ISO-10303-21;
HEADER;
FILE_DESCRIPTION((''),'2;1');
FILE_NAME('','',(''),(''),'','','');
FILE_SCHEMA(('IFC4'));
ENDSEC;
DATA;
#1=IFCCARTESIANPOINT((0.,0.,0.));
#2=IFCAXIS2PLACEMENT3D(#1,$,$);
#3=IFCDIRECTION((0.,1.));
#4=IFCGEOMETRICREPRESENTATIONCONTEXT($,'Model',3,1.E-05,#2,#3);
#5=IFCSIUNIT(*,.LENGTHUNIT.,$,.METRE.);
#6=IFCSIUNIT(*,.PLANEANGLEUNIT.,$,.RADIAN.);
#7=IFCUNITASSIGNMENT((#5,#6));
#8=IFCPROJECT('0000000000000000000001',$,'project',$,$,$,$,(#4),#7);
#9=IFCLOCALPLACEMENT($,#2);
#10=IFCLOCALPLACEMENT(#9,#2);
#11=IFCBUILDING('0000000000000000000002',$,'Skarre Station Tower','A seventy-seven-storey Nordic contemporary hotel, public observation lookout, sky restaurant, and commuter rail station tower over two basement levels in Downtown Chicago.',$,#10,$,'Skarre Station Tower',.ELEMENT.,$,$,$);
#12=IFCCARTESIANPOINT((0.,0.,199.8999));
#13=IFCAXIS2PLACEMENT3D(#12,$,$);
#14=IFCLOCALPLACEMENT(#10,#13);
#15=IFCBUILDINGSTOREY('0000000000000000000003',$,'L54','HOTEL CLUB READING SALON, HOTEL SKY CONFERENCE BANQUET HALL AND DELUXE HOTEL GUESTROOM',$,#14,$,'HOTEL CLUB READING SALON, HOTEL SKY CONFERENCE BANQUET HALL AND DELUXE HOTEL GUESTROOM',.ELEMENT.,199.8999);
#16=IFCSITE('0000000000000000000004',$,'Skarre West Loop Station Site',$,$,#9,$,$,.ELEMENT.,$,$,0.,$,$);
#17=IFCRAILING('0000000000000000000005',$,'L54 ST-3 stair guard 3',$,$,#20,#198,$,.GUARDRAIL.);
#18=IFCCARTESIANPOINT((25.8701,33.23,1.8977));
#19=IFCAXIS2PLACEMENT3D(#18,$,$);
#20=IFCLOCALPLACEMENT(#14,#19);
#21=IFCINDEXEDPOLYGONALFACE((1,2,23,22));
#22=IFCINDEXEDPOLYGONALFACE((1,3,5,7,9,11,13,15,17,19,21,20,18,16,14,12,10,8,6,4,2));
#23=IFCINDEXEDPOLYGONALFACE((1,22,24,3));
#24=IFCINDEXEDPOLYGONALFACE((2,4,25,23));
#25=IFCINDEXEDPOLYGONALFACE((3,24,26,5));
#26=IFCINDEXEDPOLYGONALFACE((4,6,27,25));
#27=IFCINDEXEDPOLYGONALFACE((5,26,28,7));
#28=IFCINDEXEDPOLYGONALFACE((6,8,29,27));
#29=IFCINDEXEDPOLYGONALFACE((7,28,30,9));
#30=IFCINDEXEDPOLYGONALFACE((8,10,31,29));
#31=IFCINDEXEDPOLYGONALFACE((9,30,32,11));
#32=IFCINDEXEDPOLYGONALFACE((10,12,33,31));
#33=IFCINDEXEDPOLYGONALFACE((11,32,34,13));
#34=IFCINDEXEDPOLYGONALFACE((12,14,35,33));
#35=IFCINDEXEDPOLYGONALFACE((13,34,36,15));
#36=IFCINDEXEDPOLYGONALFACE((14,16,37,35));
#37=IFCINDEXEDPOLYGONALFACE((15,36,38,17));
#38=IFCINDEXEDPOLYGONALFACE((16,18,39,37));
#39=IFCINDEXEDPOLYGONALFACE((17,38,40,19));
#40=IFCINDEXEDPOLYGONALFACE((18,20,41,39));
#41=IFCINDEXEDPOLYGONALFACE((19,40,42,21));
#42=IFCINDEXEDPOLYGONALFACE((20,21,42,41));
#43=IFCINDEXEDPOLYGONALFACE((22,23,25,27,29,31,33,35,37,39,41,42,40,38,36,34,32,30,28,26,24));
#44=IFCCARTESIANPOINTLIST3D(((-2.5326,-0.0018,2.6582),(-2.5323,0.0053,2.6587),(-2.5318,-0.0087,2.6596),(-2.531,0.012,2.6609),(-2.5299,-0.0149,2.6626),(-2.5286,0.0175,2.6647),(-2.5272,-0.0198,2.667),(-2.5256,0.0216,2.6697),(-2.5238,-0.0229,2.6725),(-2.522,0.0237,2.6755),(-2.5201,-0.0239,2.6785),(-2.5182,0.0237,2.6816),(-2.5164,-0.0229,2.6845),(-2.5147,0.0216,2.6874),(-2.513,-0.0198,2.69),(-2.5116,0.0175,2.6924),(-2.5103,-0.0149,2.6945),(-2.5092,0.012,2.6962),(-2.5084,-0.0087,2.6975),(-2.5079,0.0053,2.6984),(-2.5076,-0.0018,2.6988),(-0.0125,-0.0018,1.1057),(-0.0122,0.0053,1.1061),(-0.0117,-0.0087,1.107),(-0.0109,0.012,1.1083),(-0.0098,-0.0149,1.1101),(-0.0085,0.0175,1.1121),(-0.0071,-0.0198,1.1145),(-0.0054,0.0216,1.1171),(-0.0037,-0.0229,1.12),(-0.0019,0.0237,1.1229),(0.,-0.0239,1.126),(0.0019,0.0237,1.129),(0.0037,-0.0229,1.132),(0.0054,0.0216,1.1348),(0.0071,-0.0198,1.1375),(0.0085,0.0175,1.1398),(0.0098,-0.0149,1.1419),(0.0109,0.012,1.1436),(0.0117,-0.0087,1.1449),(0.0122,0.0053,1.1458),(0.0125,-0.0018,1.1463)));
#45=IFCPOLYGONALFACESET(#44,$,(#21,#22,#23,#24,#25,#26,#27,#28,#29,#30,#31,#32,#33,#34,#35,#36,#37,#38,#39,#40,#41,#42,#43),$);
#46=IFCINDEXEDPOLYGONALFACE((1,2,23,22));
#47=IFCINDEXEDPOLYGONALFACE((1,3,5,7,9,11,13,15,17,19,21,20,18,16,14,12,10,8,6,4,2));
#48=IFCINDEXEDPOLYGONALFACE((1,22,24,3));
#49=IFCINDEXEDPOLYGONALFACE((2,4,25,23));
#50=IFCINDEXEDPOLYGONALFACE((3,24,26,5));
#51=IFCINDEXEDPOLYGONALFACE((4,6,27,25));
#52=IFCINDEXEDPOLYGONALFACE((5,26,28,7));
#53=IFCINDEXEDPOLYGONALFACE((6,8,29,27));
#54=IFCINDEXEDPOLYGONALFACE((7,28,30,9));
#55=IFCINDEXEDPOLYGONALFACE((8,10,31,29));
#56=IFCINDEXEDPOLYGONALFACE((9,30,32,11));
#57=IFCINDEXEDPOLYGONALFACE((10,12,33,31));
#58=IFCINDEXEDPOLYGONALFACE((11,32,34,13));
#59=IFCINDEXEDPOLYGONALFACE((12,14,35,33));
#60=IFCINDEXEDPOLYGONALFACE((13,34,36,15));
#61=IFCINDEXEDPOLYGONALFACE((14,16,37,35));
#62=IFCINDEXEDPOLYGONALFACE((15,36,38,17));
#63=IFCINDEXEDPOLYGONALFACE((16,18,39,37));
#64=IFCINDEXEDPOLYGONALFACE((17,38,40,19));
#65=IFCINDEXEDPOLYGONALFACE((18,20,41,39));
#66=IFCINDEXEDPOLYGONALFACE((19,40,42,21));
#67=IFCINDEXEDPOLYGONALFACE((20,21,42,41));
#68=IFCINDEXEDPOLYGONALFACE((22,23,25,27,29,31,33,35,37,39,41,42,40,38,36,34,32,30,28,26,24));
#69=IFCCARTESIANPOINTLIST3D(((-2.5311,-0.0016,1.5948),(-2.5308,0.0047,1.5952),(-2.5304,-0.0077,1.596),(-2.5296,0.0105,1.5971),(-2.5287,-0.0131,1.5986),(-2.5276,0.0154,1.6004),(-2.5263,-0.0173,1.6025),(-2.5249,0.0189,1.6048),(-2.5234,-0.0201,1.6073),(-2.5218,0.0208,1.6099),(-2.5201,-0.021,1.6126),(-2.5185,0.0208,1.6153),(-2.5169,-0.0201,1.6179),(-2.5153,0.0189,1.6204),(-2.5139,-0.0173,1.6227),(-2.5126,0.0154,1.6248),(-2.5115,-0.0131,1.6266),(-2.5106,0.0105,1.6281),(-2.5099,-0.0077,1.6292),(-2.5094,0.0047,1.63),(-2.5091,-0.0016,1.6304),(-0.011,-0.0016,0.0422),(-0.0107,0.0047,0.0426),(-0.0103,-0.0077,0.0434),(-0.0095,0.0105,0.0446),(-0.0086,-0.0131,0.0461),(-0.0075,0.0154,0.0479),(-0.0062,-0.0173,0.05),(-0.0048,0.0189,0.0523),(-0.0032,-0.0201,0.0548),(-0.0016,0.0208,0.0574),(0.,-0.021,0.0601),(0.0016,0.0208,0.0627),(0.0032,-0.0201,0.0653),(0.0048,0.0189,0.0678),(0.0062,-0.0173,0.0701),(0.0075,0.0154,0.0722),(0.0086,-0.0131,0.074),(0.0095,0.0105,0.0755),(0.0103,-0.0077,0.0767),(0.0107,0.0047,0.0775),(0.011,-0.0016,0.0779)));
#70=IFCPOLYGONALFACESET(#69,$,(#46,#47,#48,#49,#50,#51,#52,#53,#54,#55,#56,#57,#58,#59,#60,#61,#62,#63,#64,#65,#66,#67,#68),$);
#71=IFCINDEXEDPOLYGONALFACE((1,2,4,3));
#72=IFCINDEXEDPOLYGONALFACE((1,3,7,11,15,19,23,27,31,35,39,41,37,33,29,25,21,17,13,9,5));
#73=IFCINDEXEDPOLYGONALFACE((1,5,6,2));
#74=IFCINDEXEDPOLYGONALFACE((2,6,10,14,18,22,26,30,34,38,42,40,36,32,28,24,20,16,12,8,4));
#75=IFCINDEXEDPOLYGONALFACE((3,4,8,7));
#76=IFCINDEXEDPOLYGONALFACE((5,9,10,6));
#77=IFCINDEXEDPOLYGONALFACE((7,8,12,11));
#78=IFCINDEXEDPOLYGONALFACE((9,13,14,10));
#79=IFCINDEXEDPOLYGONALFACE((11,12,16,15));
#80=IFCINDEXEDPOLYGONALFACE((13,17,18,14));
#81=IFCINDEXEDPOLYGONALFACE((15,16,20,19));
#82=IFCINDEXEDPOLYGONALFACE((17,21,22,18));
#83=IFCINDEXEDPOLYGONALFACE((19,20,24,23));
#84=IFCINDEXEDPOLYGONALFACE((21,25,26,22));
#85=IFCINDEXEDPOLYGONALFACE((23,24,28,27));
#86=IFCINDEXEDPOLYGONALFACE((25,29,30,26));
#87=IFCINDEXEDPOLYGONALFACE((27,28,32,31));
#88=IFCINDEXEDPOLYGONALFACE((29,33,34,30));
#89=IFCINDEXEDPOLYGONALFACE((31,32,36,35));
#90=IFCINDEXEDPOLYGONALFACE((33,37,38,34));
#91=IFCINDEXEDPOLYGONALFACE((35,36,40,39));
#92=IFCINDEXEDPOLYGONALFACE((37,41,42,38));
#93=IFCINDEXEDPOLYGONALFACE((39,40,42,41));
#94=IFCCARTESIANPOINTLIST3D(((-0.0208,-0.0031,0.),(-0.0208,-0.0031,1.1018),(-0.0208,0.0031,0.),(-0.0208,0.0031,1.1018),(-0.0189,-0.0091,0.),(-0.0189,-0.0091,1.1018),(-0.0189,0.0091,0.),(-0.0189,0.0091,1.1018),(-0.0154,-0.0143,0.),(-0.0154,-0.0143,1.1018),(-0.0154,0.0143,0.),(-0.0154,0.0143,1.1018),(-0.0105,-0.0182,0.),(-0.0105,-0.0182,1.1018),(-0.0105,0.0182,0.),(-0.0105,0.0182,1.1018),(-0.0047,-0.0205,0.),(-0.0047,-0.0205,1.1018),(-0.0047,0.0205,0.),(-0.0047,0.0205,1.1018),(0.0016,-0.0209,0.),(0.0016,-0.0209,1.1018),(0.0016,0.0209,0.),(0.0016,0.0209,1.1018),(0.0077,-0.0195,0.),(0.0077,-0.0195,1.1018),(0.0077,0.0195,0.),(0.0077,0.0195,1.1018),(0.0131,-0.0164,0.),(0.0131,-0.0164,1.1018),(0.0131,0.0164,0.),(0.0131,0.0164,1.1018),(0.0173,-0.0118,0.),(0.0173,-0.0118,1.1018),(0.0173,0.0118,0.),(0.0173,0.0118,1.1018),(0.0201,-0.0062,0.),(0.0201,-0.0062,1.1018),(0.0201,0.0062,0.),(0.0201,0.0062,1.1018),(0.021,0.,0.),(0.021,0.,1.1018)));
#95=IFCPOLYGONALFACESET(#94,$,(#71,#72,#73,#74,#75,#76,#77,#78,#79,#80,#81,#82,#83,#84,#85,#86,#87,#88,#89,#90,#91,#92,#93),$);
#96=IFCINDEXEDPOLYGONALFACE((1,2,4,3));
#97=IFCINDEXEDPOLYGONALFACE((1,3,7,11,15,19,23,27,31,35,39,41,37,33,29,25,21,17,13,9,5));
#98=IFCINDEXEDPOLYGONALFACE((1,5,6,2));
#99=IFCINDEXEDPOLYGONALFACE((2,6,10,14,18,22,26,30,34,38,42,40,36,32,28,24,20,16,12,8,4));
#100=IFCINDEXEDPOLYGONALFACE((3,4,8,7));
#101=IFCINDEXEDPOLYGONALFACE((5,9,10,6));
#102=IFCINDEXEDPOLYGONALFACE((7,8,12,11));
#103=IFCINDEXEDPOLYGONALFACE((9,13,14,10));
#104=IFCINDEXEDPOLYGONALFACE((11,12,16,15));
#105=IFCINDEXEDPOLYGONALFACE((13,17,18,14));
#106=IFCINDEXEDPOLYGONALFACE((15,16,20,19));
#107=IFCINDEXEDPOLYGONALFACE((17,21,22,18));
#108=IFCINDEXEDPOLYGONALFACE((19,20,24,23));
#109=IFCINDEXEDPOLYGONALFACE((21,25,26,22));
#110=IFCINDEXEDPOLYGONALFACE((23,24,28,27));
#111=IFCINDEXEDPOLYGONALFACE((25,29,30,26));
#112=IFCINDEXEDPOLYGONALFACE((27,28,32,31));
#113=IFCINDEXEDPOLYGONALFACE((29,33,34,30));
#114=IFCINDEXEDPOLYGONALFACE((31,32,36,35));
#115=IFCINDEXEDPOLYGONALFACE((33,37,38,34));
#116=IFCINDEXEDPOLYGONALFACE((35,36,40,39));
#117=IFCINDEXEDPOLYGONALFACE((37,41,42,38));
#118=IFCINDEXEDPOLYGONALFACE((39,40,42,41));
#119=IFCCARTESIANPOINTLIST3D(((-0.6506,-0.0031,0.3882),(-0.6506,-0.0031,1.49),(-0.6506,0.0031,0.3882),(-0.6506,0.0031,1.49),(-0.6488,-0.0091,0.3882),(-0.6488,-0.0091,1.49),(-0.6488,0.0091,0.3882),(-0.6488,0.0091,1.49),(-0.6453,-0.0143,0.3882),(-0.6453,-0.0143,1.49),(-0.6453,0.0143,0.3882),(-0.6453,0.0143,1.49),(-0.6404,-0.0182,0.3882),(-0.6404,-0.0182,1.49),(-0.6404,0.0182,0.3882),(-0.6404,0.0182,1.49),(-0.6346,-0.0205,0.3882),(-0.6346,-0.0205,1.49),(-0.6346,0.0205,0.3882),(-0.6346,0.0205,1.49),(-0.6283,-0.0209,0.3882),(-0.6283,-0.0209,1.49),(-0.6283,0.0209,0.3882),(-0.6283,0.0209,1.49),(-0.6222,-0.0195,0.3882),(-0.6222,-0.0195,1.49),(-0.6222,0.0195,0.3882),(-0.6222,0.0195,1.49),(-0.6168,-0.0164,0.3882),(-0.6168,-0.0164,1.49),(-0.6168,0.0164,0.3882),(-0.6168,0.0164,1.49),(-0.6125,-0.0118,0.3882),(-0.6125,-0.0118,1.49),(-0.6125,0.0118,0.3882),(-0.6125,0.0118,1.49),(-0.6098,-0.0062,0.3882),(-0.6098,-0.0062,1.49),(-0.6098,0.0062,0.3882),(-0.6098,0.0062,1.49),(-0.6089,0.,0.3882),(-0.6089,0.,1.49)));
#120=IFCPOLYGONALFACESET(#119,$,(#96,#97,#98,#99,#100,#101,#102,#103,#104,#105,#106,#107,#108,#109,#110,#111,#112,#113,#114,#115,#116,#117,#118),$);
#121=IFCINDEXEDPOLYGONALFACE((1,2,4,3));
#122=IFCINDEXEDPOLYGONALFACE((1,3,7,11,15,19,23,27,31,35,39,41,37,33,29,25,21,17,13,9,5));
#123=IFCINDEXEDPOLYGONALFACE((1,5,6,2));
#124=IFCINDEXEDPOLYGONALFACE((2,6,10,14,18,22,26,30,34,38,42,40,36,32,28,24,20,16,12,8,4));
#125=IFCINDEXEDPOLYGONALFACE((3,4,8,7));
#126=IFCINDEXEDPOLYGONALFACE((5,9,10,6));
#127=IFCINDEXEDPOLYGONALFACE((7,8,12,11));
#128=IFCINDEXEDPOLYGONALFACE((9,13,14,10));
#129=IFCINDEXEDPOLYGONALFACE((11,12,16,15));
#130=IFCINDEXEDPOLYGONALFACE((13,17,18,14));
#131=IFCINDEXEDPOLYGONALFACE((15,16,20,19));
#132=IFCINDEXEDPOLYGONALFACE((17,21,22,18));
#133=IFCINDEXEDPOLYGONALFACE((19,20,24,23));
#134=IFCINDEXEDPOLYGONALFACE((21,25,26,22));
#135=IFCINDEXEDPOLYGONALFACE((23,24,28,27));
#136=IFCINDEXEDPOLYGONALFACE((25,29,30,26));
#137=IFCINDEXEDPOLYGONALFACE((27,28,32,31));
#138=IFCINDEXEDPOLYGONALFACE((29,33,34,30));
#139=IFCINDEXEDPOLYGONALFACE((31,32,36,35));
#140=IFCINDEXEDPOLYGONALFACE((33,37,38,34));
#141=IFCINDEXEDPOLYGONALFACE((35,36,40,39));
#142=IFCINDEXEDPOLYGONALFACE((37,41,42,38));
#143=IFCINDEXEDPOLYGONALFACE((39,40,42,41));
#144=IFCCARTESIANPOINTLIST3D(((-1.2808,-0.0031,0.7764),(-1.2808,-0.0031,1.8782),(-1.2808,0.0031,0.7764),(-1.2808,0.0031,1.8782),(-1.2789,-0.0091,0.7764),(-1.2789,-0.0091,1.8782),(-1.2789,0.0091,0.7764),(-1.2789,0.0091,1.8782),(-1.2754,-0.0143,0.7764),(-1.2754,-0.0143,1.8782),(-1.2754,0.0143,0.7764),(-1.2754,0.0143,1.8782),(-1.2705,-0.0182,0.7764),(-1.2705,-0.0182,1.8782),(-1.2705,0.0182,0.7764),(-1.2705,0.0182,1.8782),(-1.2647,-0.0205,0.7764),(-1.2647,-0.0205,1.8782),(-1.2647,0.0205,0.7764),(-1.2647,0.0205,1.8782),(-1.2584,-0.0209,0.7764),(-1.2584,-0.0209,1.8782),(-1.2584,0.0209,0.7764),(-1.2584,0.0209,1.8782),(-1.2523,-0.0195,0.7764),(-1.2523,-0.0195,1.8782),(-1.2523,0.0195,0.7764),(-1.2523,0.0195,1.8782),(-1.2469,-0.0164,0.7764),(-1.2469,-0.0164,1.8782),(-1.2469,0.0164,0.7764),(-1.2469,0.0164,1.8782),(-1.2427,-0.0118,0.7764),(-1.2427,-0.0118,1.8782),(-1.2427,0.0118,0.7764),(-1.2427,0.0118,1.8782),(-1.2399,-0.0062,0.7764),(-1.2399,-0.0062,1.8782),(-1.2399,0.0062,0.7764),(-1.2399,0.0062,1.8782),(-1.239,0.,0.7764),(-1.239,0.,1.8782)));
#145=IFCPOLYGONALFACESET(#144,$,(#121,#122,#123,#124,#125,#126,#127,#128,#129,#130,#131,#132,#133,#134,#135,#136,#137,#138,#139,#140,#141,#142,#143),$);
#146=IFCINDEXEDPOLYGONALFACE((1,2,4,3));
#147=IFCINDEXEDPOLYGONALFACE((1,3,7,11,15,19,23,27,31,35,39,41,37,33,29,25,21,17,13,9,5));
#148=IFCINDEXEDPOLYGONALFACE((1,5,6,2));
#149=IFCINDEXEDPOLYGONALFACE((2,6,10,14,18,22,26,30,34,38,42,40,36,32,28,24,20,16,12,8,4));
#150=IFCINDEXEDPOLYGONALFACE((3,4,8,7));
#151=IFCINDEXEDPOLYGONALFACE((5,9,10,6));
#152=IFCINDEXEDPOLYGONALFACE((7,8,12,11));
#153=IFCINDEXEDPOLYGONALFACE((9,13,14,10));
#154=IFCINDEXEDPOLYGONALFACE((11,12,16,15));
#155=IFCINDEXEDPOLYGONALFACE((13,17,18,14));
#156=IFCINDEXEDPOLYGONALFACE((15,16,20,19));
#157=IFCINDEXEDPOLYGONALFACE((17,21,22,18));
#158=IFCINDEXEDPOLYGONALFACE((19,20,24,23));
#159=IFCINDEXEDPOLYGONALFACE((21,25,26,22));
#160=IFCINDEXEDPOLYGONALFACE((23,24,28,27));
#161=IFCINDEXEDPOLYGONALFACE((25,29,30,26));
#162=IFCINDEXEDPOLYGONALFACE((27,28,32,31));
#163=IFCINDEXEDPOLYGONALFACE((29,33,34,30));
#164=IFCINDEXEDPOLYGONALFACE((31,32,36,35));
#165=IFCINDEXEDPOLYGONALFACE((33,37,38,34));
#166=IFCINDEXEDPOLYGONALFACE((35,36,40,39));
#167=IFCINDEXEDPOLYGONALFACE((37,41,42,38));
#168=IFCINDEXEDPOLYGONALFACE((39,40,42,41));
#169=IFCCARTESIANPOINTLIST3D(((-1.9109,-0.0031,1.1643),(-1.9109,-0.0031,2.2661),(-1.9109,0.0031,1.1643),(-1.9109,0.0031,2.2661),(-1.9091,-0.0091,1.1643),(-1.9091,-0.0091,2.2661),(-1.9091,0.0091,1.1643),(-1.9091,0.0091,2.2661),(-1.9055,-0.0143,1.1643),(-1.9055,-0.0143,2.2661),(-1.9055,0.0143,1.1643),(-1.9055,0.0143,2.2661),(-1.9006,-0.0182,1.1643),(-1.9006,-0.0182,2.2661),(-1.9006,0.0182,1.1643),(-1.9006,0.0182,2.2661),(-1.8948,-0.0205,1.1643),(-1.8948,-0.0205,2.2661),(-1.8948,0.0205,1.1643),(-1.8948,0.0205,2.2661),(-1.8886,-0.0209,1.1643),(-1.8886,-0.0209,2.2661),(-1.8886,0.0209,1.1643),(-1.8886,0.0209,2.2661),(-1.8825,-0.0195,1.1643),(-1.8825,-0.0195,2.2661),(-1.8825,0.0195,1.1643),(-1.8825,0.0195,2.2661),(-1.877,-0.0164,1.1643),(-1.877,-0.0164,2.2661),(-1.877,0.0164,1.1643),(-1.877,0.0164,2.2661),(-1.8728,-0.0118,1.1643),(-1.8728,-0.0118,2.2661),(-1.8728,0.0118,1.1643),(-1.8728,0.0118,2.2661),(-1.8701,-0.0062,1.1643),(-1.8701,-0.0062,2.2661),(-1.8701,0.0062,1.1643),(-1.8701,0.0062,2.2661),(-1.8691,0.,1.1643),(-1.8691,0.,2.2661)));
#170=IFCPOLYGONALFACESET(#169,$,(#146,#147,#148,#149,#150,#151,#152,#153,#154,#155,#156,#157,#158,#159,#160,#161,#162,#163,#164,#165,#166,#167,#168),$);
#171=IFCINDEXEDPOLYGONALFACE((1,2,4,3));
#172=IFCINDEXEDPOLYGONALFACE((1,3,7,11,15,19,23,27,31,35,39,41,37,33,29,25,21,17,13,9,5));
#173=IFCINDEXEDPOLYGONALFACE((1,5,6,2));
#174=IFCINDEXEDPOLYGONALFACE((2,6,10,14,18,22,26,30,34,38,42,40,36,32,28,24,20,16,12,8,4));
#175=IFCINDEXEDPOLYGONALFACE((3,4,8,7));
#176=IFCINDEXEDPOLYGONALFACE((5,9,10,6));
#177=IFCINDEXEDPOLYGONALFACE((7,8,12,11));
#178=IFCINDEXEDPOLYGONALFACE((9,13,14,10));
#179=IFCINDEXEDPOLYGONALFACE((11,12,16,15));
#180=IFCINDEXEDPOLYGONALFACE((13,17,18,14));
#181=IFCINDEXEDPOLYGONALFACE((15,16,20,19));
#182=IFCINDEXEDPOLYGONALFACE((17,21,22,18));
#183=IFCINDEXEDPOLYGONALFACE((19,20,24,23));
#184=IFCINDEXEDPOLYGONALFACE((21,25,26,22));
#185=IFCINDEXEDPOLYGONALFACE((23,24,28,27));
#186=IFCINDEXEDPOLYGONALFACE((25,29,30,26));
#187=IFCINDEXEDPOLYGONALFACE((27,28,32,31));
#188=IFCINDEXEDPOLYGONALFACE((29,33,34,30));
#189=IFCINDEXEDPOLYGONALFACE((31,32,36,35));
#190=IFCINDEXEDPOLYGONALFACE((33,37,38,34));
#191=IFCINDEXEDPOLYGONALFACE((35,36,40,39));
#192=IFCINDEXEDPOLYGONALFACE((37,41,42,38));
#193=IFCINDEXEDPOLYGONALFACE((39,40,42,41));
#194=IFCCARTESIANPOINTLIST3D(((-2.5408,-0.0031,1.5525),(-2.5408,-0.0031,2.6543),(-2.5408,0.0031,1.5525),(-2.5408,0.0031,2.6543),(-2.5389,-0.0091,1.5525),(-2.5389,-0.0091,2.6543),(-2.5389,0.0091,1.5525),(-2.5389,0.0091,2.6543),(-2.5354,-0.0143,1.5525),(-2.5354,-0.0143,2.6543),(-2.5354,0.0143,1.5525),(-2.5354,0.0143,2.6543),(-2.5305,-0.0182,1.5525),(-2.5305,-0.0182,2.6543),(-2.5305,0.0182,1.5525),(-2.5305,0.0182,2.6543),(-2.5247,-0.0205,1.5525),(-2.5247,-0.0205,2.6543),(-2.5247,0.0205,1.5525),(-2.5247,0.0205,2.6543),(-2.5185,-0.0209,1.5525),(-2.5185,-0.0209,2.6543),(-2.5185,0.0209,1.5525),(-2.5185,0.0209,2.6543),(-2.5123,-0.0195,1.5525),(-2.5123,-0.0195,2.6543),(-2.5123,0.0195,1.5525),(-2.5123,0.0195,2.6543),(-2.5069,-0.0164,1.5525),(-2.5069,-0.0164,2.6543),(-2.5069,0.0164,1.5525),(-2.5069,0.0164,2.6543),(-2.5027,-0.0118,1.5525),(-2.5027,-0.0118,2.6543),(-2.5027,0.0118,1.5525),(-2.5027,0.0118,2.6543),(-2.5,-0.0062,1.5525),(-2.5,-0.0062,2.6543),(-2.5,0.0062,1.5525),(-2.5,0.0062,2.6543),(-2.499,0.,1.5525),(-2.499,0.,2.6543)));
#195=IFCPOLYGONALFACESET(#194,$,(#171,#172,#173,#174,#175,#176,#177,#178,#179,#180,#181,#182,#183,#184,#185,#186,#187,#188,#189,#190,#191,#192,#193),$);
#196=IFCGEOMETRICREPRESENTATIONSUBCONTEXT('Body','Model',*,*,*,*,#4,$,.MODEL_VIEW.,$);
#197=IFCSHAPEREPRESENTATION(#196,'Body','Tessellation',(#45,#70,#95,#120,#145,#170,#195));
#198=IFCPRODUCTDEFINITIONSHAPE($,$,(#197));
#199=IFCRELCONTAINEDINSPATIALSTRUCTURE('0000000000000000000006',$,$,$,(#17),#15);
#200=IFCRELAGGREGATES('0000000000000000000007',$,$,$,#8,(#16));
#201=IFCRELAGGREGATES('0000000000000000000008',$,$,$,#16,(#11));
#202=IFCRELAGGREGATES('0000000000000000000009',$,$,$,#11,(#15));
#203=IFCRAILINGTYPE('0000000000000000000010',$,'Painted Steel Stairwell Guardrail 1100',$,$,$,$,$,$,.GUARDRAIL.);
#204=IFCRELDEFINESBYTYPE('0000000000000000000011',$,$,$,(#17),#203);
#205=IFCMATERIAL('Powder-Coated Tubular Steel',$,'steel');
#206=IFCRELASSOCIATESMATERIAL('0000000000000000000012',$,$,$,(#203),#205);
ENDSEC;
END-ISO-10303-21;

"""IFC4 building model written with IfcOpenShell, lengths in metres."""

from ifc_helpers import new_model, si_unit, direction, frame, origin, origin_2d, place, context, subcontext, project, spatial, circle, extrude, material, type_object, element, save


model = new_model("IFC4")

# Units and contexts
model_context = context("Model", 3, precision=1e-05, world=origin(), true_north=direction((0.0, 1.0)))
body_context = subcontext(model_context, "Body", "Model", "MODEL_VIEW")
ifc_project = project(units=[si_unit("LENGTHUNIT", "METRE"), si_unit("PLANEANGLEUNIT", "RADIAN")], contexts=[model_context])

# Site, building, storey
site_placement = place(None, origin())
site = spatial("IfcSite", under=ifc_project, at=site_placement, Name="Skarre West Loop Station Site", CompositionType="ELEMENT", RefElevation=0.0)
building_placement = place(site_placement, origin())
building = spatial("IfcBuilding", under=site, at=building_placement, Name="Skarre Station Tower", Description="A seventy-seven-storey Nordic contemporary hotel, public observation lookout, sky restaurant, and commuter rail station tower over two basement levels in Downtown Chicago.", LongName="Skarre Station Tower", CompositionType="ELEMENT")
storey_placement = place(building_placement, frame((0.0, 0.0, 199.8999)))
storey = spatial("IfcBuildingStorey", under=building, at=storey_placement, Name="L54", Description="HOTEL CLUB READING SALON, HOTEL SKY CONFERENCE BANQUET HALL AND DELUXE HOTEL GUESTROOM", LongName="HOTEL CLUB READING SALON, HOTEL SKY CONFERENCE BANQUET HALL AND DELUXE HOTEL GUESTROOM", CompositionType="ELEMENT", Elevation=199.8999)

# Railing
ifc_material_1 = material(Name="Powder-Coated Tubular Steel", Category="steel")
railing_type_1 = type_object("IfcRailingType", Name="Painted Steel Stairwell Guardrail 1100", PredefinedType="GUARDRAIL", material=ifc_material_1)
railing_1_placement = place(storey_placement, frame((25.8701, 33.23, 1.8977)))
element("IfcRailing", 1, at=railing_1_placement, inside=storey, type_object=railing_type_1, Name="L54 ST-3 stair guard 3", PredefinedType="GUARDRAIL", context=body_context, shape_type="SweptSolid", body=[
    extrude(circle(Radius=0.0239, at=origin_2d()), frame((0.0, 0.0, 1.126), z_axis=(-0.8514, 0.0, 0.524516), x_axis=(0.0, -1.0, 0.0)), (0.0, 0.0, 1.0), 2.96),
    extrude(circle(Radius=0.021, at=origin_2d()), frame((0.0, 0.0, 0.0601), z_axis=(-0.8514, 0.0, 0.524516), x_axis=(0.0, -1.0, 0.0)), (0.0, 0.0, 1.0), 2.96),
    extrude(circle(Radius=0.021, at=origin_2d()), origin(), (0.0, 0.0, 1.0), 1.1018),
    extrude(circle(Radius=0.021, at=origin_2d()), frame((-0.6299, 0.0, 0.3882)), (0.0, 0.0, 1.0), 1.1018),
    extrude(circle(Radius=0.021, at=origin_2d()), frame((-1.26, 0.0, 0.7764)), (0.0, 0.0, 1.0), 1.1018),
    extrude(circle(Radius=0.021, at=origin_2d()), frame((-1.8901, 0.0, 1.1643)), (0.0, 0.0, 1.0), 1.1018),
    extrude(circle(Radius=0.021, at=origin_2d()), frame((-2.52, 0.0, 1.5525)), (0.0, 0.0, 1.0), 1.1018),
])

save(model, "model.ifc")
